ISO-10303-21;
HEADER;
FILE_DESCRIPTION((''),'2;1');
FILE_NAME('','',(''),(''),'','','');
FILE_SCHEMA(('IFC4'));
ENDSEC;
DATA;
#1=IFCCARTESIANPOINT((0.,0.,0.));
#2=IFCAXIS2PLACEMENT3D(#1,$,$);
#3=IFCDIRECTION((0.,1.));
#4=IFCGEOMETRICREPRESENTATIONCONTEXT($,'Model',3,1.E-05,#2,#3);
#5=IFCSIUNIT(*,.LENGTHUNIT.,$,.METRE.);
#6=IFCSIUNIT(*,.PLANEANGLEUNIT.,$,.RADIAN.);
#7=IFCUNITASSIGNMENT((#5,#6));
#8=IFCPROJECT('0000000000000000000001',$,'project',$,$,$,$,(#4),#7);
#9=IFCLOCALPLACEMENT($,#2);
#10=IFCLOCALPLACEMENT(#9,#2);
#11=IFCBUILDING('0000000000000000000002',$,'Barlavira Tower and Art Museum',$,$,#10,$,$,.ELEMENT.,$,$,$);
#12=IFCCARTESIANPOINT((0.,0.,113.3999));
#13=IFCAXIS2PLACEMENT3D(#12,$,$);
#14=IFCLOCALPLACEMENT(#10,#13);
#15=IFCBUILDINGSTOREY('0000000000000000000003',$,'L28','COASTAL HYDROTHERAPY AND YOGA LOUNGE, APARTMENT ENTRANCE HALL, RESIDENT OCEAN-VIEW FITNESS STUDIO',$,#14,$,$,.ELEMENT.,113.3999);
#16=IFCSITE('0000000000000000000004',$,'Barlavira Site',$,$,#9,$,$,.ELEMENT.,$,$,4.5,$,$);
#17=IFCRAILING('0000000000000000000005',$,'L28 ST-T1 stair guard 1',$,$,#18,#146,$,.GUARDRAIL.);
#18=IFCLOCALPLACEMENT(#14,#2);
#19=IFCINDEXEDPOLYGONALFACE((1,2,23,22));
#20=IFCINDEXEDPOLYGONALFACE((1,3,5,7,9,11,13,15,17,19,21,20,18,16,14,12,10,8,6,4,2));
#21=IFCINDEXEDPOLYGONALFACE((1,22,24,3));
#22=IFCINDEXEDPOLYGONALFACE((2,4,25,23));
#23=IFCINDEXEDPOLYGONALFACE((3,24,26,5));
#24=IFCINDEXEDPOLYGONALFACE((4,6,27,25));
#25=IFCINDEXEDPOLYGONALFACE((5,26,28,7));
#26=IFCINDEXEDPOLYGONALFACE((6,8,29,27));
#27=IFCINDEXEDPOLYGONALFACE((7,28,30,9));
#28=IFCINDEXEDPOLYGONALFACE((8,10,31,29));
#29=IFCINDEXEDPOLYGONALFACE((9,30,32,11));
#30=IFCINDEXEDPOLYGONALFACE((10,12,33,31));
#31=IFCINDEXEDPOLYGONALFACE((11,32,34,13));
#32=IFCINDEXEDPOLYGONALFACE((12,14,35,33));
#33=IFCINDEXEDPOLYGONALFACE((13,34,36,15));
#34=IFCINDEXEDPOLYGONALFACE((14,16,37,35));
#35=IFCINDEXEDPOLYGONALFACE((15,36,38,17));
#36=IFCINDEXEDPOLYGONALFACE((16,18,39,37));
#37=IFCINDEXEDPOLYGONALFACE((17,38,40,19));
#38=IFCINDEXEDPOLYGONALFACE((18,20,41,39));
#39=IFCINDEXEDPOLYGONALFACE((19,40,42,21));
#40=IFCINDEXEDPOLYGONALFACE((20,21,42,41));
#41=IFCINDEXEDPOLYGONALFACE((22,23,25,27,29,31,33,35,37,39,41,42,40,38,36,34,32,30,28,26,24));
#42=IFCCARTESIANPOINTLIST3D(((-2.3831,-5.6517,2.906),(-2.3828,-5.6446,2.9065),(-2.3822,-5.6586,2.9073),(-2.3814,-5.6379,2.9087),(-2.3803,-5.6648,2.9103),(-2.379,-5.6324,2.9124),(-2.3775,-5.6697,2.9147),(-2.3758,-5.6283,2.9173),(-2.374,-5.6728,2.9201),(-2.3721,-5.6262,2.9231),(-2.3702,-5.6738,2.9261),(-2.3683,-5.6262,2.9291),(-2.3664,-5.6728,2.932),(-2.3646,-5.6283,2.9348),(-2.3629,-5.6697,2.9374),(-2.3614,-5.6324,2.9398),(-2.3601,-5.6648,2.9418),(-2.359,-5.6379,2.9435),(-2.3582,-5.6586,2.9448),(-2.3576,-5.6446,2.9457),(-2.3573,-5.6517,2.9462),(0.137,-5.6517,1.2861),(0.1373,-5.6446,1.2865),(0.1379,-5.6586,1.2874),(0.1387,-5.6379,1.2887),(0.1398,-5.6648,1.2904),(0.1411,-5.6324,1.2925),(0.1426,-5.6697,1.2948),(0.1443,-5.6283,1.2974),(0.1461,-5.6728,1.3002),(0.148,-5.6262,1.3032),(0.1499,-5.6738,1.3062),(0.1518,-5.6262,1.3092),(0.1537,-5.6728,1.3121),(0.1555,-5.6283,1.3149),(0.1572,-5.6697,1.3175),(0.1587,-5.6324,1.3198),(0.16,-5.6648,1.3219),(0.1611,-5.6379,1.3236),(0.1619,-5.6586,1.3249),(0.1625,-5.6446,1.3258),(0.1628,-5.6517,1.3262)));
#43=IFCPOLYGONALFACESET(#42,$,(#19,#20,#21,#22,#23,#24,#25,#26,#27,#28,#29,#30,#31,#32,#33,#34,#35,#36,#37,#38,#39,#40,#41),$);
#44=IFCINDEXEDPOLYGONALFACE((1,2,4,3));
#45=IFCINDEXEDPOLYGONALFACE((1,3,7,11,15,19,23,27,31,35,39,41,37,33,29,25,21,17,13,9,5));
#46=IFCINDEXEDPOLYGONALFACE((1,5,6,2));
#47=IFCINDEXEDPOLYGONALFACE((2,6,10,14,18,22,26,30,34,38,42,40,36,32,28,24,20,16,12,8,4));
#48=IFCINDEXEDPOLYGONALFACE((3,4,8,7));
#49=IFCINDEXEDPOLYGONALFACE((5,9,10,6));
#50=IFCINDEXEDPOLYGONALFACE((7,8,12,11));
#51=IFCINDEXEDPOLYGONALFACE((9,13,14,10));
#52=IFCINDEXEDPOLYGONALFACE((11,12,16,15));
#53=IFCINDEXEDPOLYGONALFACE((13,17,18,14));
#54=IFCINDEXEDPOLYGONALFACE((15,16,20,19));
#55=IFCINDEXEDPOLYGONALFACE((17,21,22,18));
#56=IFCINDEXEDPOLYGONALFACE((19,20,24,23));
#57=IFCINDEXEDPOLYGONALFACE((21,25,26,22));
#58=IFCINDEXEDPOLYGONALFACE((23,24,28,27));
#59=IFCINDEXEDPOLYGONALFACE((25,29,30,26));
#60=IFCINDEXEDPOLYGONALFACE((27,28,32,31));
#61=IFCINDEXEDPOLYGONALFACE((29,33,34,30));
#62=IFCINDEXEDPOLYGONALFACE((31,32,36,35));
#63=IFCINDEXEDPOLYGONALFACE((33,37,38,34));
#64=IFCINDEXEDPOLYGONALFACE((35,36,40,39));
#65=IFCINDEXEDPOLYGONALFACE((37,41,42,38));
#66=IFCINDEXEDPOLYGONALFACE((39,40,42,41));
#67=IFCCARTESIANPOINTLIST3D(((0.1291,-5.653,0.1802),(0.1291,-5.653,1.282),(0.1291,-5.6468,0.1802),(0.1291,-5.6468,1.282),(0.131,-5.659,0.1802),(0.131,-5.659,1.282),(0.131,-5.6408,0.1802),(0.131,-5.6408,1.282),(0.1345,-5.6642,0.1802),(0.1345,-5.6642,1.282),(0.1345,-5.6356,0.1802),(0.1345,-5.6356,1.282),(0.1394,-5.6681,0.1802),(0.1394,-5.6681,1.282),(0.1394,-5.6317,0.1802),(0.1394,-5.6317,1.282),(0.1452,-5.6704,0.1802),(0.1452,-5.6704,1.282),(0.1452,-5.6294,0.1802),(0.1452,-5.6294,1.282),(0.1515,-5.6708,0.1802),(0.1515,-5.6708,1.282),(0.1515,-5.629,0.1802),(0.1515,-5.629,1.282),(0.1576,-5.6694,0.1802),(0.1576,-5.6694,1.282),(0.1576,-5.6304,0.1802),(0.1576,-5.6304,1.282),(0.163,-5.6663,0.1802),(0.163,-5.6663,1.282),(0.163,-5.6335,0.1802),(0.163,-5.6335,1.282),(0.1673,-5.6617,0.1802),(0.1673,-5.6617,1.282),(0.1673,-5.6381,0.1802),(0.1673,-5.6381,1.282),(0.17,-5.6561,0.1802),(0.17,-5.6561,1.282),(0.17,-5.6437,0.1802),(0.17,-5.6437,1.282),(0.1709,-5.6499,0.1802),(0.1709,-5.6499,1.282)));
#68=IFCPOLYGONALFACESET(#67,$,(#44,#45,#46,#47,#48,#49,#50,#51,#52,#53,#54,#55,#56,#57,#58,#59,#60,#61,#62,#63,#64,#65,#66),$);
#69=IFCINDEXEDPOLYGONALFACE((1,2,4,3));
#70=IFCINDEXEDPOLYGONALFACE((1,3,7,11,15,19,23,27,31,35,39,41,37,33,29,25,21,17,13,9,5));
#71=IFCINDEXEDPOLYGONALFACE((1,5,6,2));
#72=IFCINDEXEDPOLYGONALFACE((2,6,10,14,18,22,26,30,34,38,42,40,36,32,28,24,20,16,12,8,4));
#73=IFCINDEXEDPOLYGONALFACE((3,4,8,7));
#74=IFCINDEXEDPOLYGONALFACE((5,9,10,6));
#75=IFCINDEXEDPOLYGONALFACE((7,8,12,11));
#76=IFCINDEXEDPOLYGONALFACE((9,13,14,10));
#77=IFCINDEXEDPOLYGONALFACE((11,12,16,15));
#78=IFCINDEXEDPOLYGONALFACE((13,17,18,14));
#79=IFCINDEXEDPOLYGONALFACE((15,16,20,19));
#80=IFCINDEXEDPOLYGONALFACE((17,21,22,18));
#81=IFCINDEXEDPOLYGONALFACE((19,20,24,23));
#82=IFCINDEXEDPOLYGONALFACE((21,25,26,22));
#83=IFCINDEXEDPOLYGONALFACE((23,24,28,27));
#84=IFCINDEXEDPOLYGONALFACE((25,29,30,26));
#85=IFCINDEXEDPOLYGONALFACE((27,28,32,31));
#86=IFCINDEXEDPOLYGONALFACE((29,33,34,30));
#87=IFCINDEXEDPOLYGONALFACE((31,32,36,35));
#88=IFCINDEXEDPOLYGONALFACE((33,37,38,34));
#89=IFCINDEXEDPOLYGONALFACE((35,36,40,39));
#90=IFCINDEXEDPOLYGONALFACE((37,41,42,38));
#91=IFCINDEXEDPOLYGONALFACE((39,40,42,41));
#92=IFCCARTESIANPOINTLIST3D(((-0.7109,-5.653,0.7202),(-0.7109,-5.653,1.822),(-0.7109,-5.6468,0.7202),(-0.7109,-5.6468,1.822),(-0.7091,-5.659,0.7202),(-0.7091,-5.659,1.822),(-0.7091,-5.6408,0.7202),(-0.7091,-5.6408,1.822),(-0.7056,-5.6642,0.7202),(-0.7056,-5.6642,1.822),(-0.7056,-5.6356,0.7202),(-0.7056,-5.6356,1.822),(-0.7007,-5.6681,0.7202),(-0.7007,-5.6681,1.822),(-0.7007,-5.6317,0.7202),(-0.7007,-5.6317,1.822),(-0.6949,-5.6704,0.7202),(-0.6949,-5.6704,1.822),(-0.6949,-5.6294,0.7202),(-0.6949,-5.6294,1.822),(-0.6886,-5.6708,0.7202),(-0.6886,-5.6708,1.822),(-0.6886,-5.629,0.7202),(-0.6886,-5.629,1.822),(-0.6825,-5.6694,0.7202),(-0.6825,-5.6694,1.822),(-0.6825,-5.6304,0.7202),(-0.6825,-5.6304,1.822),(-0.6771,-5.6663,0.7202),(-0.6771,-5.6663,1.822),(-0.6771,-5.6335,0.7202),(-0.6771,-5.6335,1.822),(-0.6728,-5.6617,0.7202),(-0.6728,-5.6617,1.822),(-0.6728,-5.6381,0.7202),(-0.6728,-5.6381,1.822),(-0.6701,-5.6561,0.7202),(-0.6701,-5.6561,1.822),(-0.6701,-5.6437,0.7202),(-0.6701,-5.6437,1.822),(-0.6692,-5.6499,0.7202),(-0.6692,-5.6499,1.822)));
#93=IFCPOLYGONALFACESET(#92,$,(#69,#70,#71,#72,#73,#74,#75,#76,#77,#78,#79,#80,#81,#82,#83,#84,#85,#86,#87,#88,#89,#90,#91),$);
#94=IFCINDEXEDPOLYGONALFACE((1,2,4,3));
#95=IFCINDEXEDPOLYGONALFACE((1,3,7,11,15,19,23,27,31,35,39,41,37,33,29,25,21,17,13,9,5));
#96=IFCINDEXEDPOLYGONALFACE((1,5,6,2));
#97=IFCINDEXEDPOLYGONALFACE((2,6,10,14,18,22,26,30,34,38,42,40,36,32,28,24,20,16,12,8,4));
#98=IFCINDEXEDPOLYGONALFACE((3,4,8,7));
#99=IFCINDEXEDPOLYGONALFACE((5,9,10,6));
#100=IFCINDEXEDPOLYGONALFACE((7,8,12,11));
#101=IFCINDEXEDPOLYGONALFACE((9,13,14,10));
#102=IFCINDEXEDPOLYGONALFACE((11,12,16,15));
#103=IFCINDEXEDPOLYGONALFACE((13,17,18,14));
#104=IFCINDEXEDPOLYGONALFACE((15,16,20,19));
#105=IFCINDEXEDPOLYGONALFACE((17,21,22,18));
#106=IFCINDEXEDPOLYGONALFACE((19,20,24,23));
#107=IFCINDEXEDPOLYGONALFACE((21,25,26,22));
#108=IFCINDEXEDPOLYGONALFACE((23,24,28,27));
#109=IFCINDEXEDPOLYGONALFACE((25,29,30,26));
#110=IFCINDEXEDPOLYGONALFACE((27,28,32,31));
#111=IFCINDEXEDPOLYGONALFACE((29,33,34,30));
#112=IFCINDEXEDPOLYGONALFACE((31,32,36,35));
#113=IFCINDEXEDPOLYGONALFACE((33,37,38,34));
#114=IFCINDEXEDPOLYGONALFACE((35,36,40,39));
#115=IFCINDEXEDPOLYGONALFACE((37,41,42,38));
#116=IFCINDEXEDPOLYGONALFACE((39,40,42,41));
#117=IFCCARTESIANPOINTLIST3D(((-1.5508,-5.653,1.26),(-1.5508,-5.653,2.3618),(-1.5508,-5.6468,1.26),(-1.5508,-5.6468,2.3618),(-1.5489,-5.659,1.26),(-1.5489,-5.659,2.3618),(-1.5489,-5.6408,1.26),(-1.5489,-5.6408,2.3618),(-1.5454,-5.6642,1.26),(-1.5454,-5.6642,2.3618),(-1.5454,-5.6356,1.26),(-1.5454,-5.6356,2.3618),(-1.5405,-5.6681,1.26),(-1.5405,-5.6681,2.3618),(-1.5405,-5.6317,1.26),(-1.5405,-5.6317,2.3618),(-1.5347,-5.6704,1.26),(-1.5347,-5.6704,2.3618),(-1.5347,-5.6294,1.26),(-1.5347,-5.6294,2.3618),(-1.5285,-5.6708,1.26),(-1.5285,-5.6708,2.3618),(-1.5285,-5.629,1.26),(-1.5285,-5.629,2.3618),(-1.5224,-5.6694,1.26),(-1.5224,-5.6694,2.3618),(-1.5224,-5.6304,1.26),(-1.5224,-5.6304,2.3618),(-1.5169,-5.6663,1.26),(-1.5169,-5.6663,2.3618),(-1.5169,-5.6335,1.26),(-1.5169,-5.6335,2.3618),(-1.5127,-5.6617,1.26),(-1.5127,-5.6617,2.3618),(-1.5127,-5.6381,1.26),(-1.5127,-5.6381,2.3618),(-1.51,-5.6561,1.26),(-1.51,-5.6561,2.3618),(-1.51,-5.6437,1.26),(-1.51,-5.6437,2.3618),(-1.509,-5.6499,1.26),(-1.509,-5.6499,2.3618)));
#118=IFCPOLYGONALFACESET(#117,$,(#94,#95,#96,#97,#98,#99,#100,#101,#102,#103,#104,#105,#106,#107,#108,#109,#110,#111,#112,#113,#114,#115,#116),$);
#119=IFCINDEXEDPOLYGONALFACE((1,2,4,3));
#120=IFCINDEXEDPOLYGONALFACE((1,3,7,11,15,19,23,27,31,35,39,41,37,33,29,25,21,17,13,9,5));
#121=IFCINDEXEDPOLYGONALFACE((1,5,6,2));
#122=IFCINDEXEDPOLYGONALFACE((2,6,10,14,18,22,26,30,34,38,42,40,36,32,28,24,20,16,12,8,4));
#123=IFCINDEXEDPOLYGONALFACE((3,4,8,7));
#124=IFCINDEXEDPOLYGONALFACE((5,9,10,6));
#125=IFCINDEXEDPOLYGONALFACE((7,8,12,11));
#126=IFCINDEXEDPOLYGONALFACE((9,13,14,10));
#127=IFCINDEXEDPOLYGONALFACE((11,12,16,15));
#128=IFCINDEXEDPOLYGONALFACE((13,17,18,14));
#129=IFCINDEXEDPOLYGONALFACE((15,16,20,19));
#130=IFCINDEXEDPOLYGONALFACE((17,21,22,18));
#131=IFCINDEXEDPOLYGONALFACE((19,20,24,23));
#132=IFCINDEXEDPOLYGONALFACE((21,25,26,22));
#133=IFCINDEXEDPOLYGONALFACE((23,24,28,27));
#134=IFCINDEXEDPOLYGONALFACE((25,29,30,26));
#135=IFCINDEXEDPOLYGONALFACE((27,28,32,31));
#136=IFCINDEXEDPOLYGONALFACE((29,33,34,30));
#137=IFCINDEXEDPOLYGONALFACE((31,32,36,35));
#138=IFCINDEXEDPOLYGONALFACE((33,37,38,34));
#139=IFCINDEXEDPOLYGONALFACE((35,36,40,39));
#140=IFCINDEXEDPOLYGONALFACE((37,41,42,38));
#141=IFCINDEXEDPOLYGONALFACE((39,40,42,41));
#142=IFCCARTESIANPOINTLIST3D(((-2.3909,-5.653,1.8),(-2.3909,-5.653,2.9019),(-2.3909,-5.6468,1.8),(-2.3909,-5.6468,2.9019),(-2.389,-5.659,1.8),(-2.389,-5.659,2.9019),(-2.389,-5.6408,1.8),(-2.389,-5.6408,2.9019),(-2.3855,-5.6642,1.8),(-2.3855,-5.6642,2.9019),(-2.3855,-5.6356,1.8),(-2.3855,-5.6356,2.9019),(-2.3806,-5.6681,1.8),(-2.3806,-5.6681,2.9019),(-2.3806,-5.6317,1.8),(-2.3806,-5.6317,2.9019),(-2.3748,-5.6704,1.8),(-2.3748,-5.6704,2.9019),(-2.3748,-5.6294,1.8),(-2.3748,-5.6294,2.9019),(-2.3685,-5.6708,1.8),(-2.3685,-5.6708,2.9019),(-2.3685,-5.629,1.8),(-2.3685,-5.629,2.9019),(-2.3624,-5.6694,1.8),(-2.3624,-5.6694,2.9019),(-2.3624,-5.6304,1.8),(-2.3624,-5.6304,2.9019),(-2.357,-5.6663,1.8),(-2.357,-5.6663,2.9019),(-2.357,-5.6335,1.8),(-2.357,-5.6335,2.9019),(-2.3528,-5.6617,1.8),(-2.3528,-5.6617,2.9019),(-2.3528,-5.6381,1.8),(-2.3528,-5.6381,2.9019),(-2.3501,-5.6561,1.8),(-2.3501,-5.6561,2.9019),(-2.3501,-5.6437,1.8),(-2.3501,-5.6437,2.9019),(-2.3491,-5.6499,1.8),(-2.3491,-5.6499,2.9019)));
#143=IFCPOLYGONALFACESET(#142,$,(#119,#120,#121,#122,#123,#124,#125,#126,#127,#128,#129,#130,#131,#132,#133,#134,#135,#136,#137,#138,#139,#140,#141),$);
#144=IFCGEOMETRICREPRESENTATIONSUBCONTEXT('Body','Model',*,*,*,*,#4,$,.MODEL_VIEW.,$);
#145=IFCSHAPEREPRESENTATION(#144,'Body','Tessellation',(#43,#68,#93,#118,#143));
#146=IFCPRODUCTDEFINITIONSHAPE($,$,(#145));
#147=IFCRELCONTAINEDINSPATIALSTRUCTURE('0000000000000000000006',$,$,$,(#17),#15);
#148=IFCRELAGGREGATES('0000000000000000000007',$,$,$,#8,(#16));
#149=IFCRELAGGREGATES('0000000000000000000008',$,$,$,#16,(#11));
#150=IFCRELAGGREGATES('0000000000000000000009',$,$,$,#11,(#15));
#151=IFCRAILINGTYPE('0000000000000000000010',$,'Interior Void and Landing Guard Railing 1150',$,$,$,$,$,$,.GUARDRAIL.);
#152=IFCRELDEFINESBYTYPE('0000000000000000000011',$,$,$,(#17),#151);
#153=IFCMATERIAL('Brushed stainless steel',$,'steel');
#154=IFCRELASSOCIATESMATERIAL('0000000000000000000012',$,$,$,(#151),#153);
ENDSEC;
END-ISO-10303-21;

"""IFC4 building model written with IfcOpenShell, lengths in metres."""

from ifc_helpers import new_model, si_unit, direction, frame, origin, origin_2d, place, context, subcontext, project, spatial, circle, extrude, material, type_object, element, save


model = new_model("IFC4")

# Units and contexts
model_context = context("Model", 3, precision=1e-05, world=origin(), true_north=direction((0.0, 1.0)))
body_context = subcontext(model_context, "Body", "Model", "MODEL_VIEW")
ifc_project = project(units=[si_unit("LENGTHUNIT", "METRE"), si_unit("PLANEANGLEUNIT", "RADIAN")], contexts=[model_context])

# Site, building, storey
site_placement = place(None, origin())
site = spatial("IfcSite", under=ifc_project, at=site_placement, Name="Barlavira Site", CompositionType="ELEMENT", RefElevation=4.5)
building_placement = place(site_placement, origin())
building = spatial("IfcBuilding", under=site, at=building_placement, Name="Barlavira Tower and Art Museum", CompositionType="ELEMENT")
storey_placement = place(building_placement, frame((0.0, 0.0, 113.3999)))
storey = spatial("IfcBuildingStorey", under=building, at=storey_placement, Name="L28", Description="COASTAL HYDROTHERAPY AND YOGA LOUNGE, APARTMENT ENTRANCE HALL, RESIDENT OCEAN-VIEW FITNESS STUDIO", CompositionType="ELEMENT", Elevation=113.3999)

# Shared definitions
ifc_material_1 = material(Name="Brushed stainless steel", Category="steel")

# Railing
railing_type_1 = type_object("IfcRailingType", Name="Interior Void and Landing Guard Railing 1150", PredefinedType="GUARDRAIL", material=ifc_material_1)
railing_1_placement = place(storey_placement, frame((0.1499, -5.6499, 0.1802)))
element("IfcRailing", 1, at=railing_1_placement, inside=storey, type_object=railing_type_1, Name="L28 ST-T1 stair guard 1", PredefinedType="GUARDRAIL", context=body_context, shape_type="SweptSolid", body=[
    extrude(circle(Radius=0.0239, at=origin_2d()), frame((0.0, 0.0, 1.126), z_axis=(-0.8412, 0.0, 0.540725), x_axis=(0.0, -1.0, 0.0)), (0.0, 0.0, 1.0), 2.9958),
    extrude(circle(Radius=0.021, at=origin_2d()), origin(), (0.0, 0.0, 1.0), 1.1018),
    extrude(circle(Radius=0.021, at=origin_2d()), frame((-0.8401, 0.0, 0.54)), (0.0, 0.0, 1.0), 1.1018),
    extrude(circle(Radius=0.021, at=origin_2d()), frame((-1.6799, 0.0, 1.0798)), (0.0, 0.0, 1.0), 1.1018),
    extrude(circle(Radius=0.021, at=origin_2d()), frame((-2.52, 0.0, 1.6199)), (0.0, 0.0, 1.0), 1.1018),
])

save(model, "model.ifc")
